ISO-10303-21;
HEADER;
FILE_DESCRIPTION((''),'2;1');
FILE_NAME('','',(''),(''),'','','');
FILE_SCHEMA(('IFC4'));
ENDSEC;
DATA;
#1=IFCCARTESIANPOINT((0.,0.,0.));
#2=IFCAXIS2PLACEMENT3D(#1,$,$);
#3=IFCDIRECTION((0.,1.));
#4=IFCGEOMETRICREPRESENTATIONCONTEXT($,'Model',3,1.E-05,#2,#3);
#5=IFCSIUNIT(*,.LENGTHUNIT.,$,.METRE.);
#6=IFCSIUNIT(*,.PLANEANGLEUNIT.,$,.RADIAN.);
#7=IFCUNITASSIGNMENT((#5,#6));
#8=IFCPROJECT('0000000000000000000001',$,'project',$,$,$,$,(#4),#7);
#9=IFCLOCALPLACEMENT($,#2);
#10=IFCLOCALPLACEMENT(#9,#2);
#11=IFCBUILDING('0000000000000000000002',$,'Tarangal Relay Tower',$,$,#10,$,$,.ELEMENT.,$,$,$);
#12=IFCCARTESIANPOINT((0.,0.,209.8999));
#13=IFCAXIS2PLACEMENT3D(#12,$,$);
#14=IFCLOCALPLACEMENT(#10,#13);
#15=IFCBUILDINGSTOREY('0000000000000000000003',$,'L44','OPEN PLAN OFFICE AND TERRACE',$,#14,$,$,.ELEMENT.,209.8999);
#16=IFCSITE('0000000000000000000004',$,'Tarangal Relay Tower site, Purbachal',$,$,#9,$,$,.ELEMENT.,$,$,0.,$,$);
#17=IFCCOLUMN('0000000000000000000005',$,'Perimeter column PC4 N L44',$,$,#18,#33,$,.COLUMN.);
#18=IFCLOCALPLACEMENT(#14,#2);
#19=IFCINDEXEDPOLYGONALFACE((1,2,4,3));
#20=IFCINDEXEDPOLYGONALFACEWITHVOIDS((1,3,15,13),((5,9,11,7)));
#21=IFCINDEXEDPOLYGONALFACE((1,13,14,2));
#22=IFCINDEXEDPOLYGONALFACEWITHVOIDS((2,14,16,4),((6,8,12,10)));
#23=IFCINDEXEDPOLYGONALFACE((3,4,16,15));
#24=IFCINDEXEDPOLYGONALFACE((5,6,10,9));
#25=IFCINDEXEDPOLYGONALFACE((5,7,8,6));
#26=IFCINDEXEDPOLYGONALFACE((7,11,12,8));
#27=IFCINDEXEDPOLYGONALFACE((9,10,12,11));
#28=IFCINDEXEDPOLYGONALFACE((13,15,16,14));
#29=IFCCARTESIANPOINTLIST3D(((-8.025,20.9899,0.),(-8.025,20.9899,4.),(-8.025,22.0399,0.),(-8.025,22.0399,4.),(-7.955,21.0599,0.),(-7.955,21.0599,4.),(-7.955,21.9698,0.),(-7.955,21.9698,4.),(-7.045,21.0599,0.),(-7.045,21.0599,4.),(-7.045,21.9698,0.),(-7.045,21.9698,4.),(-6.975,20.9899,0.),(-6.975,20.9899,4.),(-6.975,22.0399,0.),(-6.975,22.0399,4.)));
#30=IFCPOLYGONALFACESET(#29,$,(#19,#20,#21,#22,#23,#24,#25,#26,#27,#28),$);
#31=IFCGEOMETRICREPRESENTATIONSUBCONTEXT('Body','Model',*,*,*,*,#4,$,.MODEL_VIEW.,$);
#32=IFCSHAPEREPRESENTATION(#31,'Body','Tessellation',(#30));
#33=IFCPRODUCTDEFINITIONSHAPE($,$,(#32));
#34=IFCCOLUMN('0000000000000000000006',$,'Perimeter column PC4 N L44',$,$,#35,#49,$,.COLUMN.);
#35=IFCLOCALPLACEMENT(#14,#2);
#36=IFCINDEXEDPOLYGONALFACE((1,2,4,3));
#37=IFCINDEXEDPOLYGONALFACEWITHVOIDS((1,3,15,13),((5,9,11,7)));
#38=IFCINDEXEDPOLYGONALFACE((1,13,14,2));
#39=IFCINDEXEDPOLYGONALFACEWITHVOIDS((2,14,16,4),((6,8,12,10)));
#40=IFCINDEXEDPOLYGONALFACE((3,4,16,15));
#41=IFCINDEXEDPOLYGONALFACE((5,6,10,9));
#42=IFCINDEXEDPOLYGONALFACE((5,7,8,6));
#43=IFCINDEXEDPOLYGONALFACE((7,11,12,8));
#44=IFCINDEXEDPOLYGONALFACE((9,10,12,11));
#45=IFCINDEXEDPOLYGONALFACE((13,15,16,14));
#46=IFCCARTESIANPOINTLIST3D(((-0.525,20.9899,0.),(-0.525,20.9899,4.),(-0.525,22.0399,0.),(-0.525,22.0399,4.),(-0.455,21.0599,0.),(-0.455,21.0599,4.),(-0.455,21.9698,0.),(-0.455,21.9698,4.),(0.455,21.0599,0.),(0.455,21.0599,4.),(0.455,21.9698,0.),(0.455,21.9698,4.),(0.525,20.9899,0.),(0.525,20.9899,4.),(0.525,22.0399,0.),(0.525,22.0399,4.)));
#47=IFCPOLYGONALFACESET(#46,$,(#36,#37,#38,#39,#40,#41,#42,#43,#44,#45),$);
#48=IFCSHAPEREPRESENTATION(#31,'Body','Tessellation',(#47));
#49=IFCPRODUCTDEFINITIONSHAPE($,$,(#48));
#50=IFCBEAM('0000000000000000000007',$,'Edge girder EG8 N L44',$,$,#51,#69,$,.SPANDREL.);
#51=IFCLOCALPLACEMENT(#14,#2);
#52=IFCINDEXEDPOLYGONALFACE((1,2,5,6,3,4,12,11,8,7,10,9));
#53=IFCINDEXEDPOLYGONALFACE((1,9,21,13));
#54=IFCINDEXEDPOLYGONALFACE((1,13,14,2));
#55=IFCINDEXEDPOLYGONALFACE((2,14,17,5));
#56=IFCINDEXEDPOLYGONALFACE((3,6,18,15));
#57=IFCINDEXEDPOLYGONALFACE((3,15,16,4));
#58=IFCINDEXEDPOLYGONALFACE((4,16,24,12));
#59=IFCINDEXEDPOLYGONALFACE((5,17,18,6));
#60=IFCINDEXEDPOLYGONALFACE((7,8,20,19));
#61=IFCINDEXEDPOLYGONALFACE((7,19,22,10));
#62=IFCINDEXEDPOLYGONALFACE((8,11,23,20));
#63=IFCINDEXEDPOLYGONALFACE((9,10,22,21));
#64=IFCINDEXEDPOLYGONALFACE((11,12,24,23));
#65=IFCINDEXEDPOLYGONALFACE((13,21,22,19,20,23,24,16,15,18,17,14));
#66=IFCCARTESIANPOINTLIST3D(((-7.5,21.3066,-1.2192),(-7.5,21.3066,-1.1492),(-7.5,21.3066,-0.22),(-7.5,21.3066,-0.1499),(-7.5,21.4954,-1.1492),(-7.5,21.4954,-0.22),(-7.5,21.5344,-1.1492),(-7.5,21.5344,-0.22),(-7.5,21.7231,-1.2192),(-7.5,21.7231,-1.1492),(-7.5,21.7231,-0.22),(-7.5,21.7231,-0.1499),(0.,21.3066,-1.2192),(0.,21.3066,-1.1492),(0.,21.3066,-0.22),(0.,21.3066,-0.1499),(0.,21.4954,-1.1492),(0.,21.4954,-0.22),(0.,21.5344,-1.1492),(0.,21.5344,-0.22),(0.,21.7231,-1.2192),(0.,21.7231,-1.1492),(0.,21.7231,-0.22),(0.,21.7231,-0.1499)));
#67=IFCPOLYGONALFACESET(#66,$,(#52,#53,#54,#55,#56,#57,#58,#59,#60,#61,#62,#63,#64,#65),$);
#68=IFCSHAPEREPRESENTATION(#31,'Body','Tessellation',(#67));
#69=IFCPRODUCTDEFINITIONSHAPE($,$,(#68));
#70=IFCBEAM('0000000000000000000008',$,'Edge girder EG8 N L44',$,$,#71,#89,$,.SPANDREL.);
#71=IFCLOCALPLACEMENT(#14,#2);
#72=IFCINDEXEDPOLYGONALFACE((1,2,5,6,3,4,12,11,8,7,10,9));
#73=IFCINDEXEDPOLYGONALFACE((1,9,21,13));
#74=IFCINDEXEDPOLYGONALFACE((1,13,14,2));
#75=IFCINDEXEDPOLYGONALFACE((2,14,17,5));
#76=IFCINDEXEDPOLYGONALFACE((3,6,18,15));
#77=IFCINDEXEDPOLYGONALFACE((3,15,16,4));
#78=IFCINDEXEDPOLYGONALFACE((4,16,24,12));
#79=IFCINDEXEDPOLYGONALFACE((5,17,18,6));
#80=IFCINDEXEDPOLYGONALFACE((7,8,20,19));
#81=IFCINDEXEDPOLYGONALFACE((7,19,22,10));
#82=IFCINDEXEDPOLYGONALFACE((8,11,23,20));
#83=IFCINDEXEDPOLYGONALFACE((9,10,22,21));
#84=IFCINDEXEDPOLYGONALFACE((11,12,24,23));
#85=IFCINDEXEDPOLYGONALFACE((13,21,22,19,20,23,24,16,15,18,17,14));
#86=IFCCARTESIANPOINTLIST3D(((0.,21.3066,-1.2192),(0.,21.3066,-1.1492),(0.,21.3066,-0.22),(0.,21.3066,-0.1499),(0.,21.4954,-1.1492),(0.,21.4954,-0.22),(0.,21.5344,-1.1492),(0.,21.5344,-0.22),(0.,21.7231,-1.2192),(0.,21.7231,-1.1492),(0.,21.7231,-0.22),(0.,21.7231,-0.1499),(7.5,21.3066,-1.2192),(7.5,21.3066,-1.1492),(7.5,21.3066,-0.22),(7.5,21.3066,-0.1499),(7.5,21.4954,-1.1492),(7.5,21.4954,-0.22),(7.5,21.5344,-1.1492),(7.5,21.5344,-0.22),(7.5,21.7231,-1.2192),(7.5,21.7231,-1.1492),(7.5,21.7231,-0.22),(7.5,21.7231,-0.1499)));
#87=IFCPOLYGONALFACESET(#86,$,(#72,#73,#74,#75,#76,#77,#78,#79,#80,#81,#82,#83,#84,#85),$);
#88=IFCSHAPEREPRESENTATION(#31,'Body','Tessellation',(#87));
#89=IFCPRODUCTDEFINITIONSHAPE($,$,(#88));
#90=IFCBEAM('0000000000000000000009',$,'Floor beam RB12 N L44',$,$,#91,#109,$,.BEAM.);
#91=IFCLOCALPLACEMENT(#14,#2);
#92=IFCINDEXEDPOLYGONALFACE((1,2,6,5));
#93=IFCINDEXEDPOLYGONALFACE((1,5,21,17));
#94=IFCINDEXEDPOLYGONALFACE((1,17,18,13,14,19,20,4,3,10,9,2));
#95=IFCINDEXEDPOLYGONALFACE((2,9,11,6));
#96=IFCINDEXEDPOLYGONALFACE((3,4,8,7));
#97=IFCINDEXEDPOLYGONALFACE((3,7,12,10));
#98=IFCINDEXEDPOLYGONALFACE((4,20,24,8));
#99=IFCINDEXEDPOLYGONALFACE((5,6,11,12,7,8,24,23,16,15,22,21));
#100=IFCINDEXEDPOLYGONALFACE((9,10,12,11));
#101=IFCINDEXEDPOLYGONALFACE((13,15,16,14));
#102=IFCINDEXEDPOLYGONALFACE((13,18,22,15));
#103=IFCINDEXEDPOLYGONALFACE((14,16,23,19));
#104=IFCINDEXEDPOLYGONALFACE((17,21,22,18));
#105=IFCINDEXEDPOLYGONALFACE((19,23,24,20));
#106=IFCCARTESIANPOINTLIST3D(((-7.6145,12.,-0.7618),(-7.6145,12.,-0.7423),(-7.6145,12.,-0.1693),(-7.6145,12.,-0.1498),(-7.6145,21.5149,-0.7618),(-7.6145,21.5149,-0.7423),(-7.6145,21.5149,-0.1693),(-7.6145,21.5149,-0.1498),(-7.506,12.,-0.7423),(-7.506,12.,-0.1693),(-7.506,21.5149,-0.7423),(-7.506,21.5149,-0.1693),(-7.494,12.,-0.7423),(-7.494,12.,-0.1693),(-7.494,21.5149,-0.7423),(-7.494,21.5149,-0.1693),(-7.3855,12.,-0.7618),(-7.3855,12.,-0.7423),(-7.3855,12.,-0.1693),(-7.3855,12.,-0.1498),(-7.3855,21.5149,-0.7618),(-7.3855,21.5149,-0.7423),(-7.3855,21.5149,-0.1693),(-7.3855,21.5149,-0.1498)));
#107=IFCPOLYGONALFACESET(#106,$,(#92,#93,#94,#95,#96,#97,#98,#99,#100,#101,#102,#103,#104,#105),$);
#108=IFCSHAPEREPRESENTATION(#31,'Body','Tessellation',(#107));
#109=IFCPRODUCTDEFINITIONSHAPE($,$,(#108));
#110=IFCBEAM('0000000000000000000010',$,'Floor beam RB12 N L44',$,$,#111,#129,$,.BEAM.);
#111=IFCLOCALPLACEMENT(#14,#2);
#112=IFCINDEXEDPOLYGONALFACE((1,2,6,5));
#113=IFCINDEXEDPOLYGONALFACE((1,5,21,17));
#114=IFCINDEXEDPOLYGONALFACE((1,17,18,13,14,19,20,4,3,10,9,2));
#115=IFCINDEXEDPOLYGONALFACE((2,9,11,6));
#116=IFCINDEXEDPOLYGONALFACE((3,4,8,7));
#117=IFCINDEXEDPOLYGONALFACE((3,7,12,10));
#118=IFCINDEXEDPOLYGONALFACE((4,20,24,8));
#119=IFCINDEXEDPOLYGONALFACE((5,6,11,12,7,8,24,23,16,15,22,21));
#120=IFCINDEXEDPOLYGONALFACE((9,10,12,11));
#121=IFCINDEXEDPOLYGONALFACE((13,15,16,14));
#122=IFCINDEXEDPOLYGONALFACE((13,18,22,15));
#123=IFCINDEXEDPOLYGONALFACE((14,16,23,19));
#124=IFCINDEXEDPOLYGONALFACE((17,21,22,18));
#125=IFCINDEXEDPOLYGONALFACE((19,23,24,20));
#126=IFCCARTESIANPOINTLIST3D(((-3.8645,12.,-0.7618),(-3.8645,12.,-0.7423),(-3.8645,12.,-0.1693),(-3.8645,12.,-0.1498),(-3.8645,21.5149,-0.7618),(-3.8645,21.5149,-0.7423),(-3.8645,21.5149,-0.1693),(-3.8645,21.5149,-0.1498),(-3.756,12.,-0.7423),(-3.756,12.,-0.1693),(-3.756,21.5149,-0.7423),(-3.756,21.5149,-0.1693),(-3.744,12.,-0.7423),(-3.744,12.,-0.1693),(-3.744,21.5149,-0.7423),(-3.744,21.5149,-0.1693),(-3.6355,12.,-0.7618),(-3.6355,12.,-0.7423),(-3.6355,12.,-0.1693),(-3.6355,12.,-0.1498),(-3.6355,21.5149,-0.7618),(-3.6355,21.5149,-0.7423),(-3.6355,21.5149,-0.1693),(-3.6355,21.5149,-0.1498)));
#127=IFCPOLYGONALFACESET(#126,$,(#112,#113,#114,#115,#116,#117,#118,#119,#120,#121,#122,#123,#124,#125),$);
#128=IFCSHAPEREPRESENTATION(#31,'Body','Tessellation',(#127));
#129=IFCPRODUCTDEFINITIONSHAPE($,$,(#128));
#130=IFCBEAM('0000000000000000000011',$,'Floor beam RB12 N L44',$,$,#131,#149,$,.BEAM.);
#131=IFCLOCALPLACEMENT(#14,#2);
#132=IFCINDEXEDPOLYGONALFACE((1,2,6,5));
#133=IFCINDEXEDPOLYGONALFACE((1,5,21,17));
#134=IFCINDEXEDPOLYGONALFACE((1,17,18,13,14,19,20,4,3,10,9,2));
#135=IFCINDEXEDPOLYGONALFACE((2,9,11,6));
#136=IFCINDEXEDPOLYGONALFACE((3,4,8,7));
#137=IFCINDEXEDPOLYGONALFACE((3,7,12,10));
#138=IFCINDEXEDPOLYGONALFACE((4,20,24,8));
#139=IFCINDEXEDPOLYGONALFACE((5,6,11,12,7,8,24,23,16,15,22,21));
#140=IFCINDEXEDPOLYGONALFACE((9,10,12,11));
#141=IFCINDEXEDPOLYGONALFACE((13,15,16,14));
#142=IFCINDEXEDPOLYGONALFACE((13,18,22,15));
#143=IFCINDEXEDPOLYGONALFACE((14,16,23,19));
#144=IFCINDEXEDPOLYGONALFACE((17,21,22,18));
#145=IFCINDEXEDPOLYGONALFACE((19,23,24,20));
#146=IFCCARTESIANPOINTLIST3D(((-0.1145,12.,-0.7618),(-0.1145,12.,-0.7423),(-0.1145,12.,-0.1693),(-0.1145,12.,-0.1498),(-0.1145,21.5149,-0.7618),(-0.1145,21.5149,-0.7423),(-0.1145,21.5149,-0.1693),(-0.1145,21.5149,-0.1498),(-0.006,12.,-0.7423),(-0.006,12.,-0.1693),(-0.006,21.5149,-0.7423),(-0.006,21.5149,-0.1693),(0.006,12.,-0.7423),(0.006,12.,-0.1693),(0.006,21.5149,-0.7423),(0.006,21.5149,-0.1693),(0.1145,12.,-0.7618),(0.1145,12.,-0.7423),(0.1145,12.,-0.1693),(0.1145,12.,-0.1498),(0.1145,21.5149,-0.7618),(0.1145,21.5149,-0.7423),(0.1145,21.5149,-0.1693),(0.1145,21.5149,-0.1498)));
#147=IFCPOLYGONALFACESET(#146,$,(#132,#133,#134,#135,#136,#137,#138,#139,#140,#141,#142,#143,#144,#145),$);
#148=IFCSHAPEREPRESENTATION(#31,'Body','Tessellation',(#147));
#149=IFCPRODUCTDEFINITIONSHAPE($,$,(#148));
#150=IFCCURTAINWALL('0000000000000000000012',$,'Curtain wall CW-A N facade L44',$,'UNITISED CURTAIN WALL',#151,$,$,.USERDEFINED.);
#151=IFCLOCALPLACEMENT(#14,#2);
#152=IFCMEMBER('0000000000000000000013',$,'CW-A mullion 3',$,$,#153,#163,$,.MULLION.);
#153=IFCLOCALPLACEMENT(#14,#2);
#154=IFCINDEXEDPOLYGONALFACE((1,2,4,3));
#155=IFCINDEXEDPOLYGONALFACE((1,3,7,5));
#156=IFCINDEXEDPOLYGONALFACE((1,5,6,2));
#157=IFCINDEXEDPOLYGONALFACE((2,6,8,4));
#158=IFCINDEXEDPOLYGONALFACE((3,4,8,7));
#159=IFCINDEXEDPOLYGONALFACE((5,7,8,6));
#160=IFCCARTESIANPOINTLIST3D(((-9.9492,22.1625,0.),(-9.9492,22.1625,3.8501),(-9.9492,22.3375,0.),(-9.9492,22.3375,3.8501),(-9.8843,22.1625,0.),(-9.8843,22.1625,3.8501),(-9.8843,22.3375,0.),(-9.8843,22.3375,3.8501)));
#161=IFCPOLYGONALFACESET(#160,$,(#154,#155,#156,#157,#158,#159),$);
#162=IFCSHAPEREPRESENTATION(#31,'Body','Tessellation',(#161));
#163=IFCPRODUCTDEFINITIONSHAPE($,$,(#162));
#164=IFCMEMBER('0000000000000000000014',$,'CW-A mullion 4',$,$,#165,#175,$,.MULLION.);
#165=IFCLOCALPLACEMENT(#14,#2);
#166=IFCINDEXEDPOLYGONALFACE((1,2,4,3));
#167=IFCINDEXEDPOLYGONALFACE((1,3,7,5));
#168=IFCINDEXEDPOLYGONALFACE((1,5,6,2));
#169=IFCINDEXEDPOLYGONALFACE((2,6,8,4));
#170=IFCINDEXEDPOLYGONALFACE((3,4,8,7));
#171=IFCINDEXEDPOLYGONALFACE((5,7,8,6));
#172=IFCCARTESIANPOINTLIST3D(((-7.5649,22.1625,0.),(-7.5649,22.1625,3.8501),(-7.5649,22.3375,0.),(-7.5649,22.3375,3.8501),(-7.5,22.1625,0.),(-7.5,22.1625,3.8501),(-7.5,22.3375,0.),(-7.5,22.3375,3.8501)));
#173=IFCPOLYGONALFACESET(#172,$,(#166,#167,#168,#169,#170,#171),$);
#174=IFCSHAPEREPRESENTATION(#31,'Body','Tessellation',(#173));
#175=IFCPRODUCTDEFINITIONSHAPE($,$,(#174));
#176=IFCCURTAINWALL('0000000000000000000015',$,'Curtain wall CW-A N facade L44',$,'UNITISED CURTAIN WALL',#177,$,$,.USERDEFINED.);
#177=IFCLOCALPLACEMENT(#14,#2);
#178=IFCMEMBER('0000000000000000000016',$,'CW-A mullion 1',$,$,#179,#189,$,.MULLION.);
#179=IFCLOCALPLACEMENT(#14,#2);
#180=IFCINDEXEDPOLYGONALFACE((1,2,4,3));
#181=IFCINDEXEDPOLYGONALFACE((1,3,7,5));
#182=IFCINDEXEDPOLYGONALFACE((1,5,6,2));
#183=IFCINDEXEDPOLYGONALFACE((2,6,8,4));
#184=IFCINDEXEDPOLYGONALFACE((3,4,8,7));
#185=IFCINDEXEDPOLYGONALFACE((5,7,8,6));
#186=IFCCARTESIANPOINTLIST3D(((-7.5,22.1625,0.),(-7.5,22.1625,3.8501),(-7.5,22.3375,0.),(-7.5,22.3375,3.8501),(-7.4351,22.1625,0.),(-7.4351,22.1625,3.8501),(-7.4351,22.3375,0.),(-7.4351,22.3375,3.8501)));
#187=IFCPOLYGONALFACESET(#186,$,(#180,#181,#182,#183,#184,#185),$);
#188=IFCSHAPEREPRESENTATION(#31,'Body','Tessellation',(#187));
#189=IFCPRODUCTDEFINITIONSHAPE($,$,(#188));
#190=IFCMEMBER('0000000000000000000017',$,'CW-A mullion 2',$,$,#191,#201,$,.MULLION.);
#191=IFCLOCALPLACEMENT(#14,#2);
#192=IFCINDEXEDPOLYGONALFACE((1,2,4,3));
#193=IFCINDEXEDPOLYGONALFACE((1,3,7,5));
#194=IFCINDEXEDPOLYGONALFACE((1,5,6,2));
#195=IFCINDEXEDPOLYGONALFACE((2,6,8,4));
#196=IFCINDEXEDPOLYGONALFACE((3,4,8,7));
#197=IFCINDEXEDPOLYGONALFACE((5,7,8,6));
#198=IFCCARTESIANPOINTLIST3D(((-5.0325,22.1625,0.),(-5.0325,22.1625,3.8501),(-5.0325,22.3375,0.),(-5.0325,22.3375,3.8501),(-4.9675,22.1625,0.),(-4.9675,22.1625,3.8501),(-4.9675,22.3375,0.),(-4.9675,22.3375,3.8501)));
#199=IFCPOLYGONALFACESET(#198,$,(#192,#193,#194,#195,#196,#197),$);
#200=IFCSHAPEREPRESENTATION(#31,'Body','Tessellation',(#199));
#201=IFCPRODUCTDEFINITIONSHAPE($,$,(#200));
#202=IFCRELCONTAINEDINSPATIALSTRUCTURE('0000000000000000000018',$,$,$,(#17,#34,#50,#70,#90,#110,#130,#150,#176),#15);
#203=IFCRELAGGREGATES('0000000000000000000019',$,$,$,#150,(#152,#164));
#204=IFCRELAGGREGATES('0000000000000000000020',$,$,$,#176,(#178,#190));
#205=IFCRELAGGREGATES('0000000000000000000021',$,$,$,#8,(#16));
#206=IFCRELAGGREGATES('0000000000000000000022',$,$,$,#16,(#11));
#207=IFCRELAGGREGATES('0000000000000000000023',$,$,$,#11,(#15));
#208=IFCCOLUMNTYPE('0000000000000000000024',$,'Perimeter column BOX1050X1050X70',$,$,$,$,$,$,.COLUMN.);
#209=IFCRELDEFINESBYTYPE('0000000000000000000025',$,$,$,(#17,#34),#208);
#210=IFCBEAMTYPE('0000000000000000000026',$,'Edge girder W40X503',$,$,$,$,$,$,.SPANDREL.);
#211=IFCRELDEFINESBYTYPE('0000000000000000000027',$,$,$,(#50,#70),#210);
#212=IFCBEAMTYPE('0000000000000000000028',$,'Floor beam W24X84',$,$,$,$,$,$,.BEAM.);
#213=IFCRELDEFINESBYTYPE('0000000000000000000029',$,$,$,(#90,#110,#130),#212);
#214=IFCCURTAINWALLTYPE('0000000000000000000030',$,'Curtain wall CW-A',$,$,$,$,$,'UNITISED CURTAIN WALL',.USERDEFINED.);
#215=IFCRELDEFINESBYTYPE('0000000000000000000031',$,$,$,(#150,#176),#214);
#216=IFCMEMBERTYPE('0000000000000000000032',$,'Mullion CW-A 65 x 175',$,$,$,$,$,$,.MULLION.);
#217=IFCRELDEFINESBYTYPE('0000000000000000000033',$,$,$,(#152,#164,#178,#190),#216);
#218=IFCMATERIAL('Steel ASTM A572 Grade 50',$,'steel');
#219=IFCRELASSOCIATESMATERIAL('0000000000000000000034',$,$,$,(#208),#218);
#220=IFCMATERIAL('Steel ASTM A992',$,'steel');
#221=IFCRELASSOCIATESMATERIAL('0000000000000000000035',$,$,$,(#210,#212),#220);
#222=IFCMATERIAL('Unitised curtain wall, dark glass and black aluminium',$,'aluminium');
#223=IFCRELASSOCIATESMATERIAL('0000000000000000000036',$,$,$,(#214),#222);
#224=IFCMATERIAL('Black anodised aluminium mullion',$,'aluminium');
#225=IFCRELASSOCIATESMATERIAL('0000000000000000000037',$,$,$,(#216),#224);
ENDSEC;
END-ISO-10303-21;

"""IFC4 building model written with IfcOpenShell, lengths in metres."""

from ifc_helpers import new_model, si_unit, direction, frame, origin, origin_2d, place, context, subcontext, project, spatial, rectangle, hollow_rectangle, i_section, extrude, material, material_profile, profile_set, type_object, element, aggregate, save


model = new_model("IFC4")

# Units and contexts
model_context = context("Model", 3, precision=1e-05, world=origin(), true_north=direction((0.0, 1.0)))
body_context = subcontext(model_context, "Body", "Model", "MODEL_VIEW")
ifc_project = project(units=[si_unit("LENGTHUNIT", "METRE"), si_unit("PLANEANGLEUNIT", "RADIAN")], contexts=[model_context])

# Site, building, storey
site_placement = place(None, origin())
site = spatial("IfcSite", under=ifc_project, at=site_placement, Name="Tarangal Relay Tower site, Purbachal", CompositionType="ELEMENT", RefElevation=0.0)
building_placement = place(site_placement, origin())
building = spatial("IfcBuilding", under=site, at=building_placement, Name="Tarangal Relay Tower", CompositionType="ELEMENT")
storey_placement = place(building_placement, frame((0.0, 0.0, 209.8999)))
storey = spatial("IfcBuildingStorey", under=building, at=storey_placement, Name="L44", Description="OPEN PLAN OFFICE AND TERRACE", CompositionType="ELEMENT", Elevation=209.8999)

# Columns
ifc_material_1 = material(Name="Steel ASTM A572 Grade 50", Category="steel")
ifc_material_profile_1 = material_profile(ifc_material_1, hollow_rectangle(XDim=1.05, YDim=1.05, WallThickness=0.0701, at=origin_2d()), Name="BOX1050X1050X70")
ifc_profile_set_1 = profile_set([ifc_material_profile_1], Name="Steel ASTM A572 Grade 50")
column_type = type_object("IfcColumnType", Name="Perimeter column BOX1050X1050X70", PredefinedType="COLUMN", material=ifc_profile_set_1)
for number, where, z_axis, x_axis, name in (
    (1, (-7.5, 21.5149, 0.0), (0.0, 0.0, 1.0), (1.0, 0.0, 0.0), "Perimeter column PC4 N L44"),
    (2, (0.0, 21.5149, 0.0), (0.0, 0.0, 1.0), (1.0, 0.0, 0.0), "Perimeter column PC4 N L44"),
):
    element("IfcColumn", number, at=place(storey_placement, frame(where, z_axis=z_axis, x_axis=x_axis)), inside=storey, type_object=column_type, Name=name, PredefinedType="COLUMN", context=body_context, shape_type="SweptSolid", body=[
        extrude(hollow_rectangle(XDim=1.05, YDim=1.05, WallThickness=0.0701, at=origin_2d()), origin(), (0.0, 0.0, 1.0), 4.0),
    ])

# Beams
ifc_material_2 = material(Name="Steel ASTM A992", Category="steel")
ifc_material_profile_2 = material_profile(ifc_material_2, i_section(OverallWidth=0.4165, OverallDepth=1.0693, WebThickness=0.0391, FlangeThickness=0.0701, at=origin_2d()), Name="W40X503")
ifc_profile_set_2 = profile_set([ifc_material_profile_2], Name="Steel ASTM A992")
beam_type_1 = type_object("IfcBeamType", Name="Edge girder W40X503", PredefinedType="SPANDREL", material=ifc_profile_set_2)
for number, where, z_axis, x_axis, name in (
    (3, (-7.5, 21.5149, -0.6846), (1.0, 0.0, 0.0), (0.0, 1.0, 0.0), "Edge girder EG8 N L44"),
    (4, (0.0, 21.5149, -0.6846), (1.0, 0.0, 0.0), (0.0, 1.0, 0.0), "Edge girder EG8 N L44"),
):
    element("IfcBeam", number, at=place(storey_placement, frame(where, z_axis=z_axis, x_axis=x_axis)), inside=storey, type_object=beam_type_1, Name=name, PredefinedType="SPANDREL", context=body_context, shape_type="SweptSolid", body=[
        extrude(i_section(OverallWidth=0.4165, OverallDepth=1.0693, WebThickness=0.0391, FlangeThickness=0.0701, at=origin_2d()), origin(), (0.0, 0.0, 1.0), 7.5),
    ])
ifc_material_profile_3 = material_profile(ifc_material_2, i_section(OverallWidth=0.229, OverallDepth=0.6121, WebThickness=0.012, FlangeThickness=0.0195, at=origin_2d()), Name="W24X84")
ifc_profile_set_3 = profile_set([ifc_material_profile_3], Name="Steel ASTM A992")
beam_type_2 = type_object("IfcBeamType", Name="Floor beam W24X84", PredefinedType="BEAM", material=ifc_profile_set_3)
for number, where, z_axis, x_axis, name in (
    (5, (-7.5, 12.0, -0.4558), (0.0, 1.0, 0.0), (-1.0, 0.0, 0.0), "Floor beam RB12 N L44"),
    (6, (-3.75, 12.0, -0.4558), (0.0, 1.0, 0.0), (-1.0, 0.0, 0.0), "Floor beam RB12 N L44"),
    (7, (0.0, 12.0, -0.4558), (0.0, 1.0, 0.0), (-1.0, 0.0, 0.0), "Floor beam RB12 N L44"),
):
    element("IfcBeam", number, at=place(storey_placement, frame(where, z_axis=z_axis, x_axis=x_axis)), inside=storey, type_object=beam_type_2, Name=name, PredefinedType="BEAM", context=body_context, shape_type="SweptSolid", body=[
        extrude(i_section(OverallWidth=0.229, OverallDepth=0.6121, WebThickness=0.012, FlangeThickness=0.0195, at=origin_2d()), origin(), (0.0, 0.0, 1.0), 9.5149),
    ])

# Curtain walls, members
ifc_material_3 = material(Name="Unitised curtain wall, dark glass and black aluminium", Category="aluminium")
curtain_wall_type = type_object("IfcCurtainWallType", Name="Curtain wall CW-A", ElementType="UNITISED CURTAIN WALL", PredefinedType="USERDEFINED", material=ifc_material_3)
curtain_wall_1_placement = place(storey_placement, origin())
curtain_wall_1 = element("IfcCurtainWall", 8, at=curtain_wall_1_placement, inside=storey, type_object=curtain_wall_type, Name="Curtain wall CW-A N facade L44", ObjectType="UNITISED CURTAIN WALL", PredefinedType="USERDEFINED")
ifc_material_4 = material(Name="Black anodised aluminium mullion", Category="aluminium")
ifc_material_profile_4 = material_profile(ifc_material_4, rectangle(XDim=0.175, YDim=0.0649, at=origin_2d()), Name="CW-AM 65X175")
ifc_profile_set_4 = profile_set([ifc_material_profile_4], Name="Black anodised aluminium mullion")
member_type_1 = type_object("IfcMemberType", Name="Mullion CW-A 65 x 175", PredefinedType="MULLION", material=ifc_profile_set_4)
member_1_placement = place(storey_placement, frame((-9.9167, 22.25, 0.0), z_axis=(0.0, 0.0, 1.0), x_axis=(0.0, 1.0, 0.0)))
member_1 = element("IfcMember", 9, at=member_1_placement, type_object=member_type_1, Name="CW-A mullion 3", PredefinedType="MULLION", context=body_context, shape_type="SweptSolid", body=[
    extrude(rectangle(XDim=0.175, YDim=0.0649, at=origin_2d()), origin(), (0.0, 0.0, 1.0), 3.8501),
])
member_2_placement = place(storey_placement, frame((-7.5325, 22.25, 0.0), z_axis=(0.0, 0.0, 1.0), x_axis=(0.0, 1.0, 0.0)))
member_2 = element("IfcMember", 10, at=member_2_placement, type_object=member_type_1, Name="CW-A mullion 4", PredefinedType="MULLION", context=body_context, shape_type="SweptSolid", body=[
    extrude(rectangle(XDim=0.175, YDim=0.0649, at=origin_2d()), origin(), (0.0, 0.0, 1.0), 3.8501),
])
curtain_wall_2_placement = place(storey_placement, origin())
curtain_wall_2 = element("IfcCurtainWall", 11, at=curtain_wall_2_placement, inside=storey, type_object=curtain_wall_type, Name="Curtain wall CW-A N facade L44", ObjectType="UNITISED CURTAIN WALL", PredefinedType="USERDEFINED")
member_3_placement = place(storey_placement, frame((-7.4675, 22.25, 0.0), z_axis=(0.0, 0.0, 1.0), x_axis=(0.0, 1.0, 0.0)))
member_3 = element("IfcMember", 12, at=member_3_placement, type_object=member_type_1, Name="CW-A mullion 1", PredefinedType="MULLION", context=body_context, shape_type="SweptSolid", body=[
    extrude(rectangle(XDim=0.175, YDim=0.0649, at=origin_2d()), origin(), (0.0, 0.0, 1.0), 3.8501),
])
member_4_placement = place(storey_placement, frame((-5.0, 22.25, 0.0), z_axis=(0.0, 0.0, 1.0), x_axis=(0.0, 1.0, 0.0)))
member_4 = element("IfcMember", 13, at=member_4_placement, type_object=member_type_1, Name="CW-A mullion 2", PredefinedType="MULLION", context=body_context, shape_type="SweptSolid", body=[
    extrude(rectangle(XDim=0.175, YDim=0.0649, at=origin_2d()), origin(), (0.0, 0.0, 1.0), 3.8501),
])

aggregate(curtain_wall_1, [member_1, member_2])
aggregate(curtain_wall_2, [member_3, member_4])

save(model, "model.ifc")
